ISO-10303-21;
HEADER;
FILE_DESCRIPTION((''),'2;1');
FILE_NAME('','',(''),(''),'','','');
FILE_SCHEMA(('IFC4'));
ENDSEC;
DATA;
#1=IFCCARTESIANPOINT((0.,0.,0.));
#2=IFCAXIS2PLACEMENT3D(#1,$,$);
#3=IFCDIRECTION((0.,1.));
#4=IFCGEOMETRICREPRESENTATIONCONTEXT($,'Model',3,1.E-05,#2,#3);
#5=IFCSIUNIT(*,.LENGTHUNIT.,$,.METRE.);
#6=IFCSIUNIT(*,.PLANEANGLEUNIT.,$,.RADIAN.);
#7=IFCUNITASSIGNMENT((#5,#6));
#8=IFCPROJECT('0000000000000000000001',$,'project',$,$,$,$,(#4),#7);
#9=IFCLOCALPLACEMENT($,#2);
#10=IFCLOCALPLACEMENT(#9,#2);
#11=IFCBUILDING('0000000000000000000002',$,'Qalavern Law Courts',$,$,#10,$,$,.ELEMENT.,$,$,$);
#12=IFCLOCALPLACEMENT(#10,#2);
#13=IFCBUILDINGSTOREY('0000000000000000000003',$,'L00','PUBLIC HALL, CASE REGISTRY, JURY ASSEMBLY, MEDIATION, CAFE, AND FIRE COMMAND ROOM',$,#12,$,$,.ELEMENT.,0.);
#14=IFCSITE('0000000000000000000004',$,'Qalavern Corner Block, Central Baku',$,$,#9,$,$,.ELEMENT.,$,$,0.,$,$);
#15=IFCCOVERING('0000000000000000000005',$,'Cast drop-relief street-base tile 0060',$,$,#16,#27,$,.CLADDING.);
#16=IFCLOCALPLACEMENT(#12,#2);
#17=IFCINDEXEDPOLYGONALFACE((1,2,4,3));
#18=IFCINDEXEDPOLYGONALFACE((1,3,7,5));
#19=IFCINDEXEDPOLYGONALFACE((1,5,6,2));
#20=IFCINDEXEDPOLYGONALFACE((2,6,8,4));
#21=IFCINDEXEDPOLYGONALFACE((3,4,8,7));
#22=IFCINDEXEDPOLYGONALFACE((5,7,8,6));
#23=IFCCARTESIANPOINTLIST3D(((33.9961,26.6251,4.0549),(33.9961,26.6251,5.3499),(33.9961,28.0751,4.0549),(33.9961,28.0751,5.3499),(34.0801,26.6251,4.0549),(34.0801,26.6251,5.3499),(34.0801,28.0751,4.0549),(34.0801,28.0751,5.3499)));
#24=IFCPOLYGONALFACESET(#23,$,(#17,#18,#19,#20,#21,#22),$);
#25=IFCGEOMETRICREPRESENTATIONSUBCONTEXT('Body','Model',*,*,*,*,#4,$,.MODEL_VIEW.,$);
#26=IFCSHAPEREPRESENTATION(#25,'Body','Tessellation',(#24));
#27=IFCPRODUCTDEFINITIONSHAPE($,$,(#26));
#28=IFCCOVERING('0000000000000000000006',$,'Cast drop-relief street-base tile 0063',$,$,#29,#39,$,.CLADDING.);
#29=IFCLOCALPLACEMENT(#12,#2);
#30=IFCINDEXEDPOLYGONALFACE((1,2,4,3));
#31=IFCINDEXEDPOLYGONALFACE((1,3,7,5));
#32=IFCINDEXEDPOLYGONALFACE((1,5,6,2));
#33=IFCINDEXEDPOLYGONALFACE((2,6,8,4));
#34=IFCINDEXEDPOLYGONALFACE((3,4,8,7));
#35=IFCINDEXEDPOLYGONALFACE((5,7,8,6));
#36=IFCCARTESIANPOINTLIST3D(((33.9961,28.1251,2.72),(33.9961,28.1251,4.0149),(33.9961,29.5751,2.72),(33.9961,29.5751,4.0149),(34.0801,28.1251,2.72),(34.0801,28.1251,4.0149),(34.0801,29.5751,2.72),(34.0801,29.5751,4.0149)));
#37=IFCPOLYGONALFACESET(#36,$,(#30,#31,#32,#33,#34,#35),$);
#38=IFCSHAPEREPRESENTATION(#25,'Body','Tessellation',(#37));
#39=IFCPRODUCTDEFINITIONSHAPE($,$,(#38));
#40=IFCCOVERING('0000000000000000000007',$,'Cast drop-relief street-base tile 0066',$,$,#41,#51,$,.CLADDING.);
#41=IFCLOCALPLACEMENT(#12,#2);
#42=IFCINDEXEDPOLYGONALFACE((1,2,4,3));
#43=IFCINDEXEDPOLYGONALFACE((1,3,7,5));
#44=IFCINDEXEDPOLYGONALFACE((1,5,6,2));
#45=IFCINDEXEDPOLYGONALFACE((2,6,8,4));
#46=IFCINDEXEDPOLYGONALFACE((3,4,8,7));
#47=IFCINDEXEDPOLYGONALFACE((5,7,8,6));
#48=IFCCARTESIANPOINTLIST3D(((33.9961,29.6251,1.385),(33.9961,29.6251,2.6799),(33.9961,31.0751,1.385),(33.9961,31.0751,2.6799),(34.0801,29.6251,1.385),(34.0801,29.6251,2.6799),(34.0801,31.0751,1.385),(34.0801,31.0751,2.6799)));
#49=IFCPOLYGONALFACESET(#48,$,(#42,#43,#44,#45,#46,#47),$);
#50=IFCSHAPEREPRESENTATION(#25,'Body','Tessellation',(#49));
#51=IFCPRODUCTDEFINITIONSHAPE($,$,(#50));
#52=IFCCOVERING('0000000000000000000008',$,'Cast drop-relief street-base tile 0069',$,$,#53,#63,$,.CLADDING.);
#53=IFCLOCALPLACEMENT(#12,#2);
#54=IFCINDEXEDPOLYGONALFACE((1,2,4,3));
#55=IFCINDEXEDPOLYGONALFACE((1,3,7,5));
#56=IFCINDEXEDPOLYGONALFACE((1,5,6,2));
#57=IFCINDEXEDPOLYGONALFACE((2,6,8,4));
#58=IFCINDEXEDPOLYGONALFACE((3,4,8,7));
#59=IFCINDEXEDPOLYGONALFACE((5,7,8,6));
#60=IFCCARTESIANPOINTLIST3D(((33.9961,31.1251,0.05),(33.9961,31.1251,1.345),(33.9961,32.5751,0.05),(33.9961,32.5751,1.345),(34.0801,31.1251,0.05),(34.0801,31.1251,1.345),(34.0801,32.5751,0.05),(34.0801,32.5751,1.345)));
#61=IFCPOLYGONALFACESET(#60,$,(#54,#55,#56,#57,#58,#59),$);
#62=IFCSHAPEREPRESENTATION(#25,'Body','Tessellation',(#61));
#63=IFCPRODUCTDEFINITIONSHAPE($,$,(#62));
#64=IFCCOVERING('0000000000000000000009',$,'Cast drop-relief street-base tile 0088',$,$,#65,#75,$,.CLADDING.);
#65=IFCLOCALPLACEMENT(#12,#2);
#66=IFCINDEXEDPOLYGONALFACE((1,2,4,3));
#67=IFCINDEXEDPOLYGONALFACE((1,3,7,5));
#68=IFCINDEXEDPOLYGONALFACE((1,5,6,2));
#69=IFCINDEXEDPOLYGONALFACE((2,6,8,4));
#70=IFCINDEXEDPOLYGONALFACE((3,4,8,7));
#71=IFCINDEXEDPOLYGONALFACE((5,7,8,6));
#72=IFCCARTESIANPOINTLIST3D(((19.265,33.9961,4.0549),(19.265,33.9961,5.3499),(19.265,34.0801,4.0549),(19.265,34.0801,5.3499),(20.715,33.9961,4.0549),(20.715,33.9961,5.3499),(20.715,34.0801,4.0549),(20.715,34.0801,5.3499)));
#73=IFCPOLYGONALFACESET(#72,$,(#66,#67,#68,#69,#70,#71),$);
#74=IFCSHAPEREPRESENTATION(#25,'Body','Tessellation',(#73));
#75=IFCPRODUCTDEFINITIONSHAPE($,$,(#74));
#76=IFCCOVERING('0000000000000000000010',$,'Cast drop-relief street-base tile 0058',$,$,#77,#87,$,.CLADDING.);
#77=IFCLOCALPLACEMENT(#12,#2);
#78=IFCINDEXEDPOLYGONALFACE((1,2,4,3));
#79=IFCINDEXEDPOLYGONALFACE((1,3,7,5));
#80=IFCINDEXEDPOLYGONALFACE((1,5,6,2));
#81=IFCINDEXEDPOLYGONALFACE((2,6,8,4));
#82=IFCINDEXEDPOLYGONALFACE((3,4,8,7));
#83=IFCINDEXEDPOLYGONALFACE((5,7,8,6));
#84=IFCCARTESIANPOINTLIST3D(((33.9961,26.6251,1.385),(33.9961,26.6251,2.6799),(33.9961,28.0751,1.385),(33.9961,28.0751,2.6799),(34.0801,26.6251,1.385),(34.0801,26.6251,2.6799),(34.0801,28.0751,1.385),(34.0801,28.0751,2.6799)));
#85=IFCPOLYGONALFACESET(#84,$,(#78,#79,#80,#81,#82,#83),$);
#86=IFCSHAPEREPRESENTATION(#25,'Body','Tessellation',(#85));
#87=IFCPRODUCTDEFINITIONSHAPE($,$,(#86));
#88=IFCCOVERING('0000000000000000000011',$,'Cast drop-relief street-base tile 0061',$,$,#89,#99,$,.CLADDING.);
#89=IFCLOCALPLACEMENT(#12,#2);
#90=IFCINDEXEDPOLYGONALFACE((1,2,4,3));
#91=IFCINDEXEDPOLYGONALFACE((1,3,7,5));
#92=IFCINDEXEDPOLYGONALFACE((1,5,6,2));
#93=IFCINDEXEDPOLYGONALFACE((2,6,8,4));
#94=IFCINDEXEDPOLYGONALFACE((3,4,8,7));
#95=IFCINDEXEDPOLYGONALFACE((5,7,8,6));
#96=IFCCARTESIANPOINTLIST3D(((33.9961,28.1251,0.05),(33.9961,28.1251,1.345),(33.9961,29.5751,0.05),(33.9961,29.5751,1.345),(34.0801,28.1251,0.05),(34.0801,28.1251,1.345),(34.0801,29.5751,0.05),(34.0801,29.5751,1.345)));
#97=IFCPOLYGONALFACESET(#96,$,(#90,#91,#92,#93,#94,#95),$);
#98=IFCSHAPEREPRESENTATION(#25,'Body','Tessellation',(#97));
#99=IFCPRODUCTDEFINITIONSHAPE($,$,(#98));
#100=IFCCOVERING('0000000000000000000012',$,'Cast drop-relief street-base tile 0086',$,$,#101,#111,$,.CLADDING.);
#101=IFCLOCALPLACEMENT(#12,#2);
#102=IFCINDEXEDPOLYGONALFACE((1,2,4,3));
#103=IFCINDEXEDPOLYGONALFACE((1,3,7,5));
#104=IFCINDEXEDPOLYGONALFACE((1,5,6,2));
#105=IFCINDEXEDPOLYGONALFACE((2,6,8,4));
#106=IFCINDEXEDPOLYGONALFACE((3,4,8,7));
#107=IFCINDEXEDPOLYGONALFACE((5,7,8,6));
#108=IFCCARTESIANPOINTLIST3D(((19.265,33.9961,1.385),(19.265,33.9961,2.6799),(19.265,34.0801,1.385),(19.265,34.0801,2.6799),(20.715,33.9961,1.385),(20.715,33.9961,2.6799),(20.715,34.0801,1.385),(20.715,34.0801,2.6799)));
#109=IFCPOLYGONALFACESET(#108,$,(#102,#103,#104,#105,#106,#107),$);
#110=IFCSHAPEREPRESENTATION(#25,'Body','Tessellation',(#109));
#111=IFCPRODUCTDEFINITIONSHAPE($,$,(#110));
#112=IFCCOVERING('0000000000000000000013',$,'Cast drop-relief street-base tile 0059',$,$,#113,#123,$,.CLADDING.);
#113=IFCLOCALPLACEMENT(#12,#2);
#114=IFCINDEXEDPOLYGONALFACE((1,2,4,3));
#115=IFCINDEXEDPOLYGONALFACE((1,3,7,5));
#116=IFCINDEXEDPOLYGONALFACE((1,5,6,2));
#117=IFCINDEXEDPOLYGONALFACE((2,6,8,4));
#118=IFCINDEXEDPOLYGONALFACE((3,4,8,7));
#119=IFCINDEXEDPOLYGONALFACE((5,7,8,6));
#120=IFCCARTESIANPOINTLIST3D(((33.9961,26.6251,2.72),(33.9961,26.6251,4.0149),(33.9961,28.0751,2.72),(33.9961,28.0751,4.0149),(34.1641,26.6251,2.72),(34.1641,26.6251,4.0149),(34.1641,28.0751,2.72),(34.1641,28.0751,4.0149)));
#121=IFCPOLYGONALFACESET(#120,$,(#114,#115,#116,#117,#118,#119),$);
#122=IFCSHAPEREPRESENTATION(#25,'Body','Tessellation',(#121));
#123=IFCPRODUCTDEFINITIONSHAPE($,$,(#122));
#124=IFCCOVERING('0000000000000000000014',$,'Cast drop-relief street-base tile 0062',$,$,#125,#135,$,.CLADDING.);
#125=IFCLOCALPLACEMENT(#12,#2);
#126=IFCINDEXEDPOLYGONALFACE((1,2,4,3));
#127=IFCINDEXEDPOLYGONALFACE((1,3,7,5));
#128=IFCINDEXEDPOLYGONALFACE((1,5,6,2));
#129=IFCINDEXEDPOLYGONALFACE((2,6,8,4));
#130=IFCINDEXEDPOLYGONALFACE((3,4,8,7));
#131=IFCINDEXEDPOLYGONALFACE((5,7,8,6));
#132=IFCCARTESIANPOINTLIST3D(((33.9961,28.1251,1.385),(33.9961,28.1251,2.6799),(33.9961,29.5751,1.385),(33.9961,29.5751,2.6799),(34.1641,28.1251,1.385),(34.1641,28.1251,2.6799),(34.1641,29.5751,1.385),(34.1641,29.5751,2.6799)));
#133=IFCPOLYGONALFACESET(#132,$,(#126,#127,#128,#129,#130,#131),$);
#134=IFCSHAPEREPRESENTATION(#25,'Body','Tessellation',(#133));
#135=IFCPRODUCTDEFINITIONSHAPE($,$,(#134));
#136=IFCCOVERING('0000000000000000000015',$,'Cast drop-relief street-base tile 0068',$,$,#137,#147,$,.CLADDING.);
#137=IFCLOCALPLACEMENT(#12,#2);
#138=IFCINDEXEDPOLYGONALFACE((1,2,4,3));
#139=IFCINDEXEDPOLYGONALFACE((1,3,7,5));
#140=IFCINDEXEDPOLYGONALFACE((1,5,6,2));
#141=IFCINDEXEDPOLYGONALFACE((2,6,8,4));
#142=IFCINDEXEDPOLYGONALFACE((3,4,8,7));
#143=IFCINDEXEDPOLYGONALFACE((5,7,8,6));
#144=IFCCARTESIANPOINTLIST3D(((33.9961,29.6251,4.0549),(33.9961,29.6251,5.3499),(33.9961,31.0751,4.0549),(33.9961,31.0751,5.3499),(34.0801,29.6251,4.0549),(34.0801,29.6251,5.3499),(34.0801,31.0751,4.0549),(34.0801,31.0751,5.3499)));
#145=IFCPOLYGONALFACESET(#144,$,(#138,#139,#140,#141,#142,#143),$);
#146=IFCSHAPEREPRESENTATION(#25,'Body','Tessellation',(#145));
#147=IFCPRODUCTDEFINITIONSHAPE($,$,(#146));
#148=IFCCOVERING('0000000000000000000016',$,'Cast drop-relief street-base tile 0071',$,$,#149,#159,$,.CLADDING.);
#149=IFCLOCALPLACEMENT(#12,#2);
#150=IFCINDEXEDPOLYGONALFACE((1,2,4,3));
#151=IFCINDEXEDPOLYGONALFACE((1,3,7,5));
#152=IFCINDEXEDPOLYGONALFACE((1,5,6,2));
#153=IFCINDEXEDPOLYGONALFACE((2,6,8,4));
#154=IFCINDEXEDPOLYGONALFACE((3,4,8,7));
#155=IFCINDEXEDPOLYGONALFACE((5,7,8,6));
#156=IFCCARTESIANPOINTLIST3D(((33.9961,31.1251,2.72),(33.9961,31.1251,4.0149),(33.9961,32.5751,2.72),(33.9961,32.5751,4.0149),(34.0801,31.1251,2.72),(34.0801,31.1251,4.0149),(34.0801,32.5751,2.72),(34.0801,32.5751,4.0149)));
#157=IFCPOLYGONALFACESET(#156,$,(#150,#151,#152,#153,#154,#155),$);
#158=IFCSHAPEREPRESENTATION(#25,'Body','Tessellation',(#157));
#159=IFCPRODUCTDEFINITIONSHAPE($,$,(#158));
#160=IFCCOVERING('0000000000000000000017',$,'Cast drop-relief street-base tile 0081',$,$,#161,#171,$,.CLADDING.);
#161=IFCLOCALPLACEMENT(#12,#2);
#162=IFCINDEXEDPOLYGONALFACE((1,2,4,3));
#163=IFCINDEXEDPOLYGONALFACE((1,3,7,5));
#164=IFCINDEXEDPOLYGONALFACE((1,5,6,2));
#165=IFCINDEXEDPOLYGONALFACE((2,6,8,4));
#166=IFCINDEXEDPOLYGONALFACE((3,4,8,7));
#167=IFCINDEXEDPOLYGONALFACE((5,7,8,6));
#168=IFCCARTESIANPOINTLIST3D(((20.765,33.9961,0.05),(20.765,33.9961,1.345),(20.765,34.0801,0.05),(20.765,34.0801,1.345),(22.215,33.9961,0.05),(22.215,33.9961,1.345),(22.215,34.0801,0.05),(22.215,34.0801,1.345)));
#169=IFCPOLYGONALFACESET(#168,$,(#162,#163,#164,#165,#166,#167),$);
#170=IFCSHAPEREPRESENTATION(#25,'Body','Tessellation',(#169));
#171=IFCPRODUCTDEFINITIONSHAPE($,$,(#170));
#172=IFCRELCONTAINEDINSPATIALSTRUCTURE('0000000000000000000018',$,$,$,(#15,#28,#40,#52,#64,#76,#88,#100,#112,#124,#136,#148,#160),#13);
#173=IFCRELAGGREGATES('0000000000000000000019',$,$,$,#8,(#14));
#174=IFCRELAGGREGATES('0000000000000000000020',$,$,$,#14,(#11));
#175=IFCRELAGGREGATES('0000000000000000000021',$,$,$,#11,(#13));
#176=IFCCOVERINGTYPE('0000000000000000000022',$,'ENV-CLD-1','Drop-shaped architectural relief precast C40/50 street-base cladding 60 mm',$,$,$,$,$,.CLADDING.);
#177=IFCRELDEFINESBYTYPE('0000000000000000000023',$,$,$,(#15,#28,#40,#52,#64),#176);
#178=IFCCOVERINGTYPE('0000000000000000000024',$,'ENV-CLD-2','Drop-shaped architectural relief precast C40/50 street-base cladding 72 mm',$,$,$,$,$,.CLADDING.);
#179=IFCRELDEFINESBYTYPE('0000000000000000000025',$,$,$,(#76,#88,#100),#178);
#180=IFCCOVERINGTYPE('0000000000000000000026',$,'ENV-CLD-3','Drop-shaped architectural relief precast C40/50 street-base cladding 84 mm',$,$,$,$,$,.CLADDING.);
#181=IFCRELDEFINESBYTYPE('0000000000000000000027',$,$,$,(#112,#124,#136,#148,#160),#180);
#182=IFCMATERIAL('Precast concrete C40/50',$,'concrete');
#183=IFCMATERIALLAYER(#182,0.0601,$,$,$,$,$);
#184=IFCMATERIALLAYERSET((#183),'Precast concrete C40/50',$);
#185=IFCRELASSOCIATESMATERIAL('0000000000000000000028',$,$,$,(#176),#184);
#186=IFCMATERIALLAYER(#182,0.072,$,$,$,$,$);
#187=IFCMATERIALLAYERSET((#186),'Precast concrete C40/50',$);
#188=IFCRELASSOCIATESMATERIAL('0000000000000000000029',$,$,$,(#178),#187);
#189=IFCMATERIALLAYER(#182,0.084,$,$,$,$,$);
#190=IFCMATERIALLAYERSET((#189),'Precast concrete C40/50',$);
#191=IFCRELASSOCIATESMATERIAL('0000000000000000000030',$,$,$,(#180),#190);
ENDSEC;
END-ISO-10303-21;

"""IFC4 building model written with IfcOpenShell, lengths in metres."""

from ifc_helpers import new_model, si_unit, direction, frame, origin, origin_2d, place, context, subcontext, project, spatial, rectangle, extrude, material, layer, layer_set, type_object, element, save


model = new_model("IFC4")

# Units and contexts
model_context = context("Model", 3, precision=1e-05, world=origin(), true_north=direction((0.0, 1.0)))
body_context = subcontext(model_context, "Body", "Model", "MODEL_VIEW")
ifc_project = project(units=[si_unit("LENGTHUNIT", "METRE"), si_unit("PLANEANGLEUNIT", "RADIAN")], contexts=[model_context])

# Site, building, storey
site_placement = place(None, origin())
site = spatial("IfcSite", under=ifc_project, at=site_placement, Name="Qalavern Corner Block, Central Baku", CompositionType="ELEMENT", RefElevation=0.0)
building_placement = place(site_placement, origin())
building = spatial("IfcBuilding", under=site, at=building_placement, Name="Qalavern Law Courts", CompositionType="ELEMENT")
storey_placement = place(building_placement, origin())
storey = spatial("IfcBuildingStorey", under=building, at=storey_placement, Name="L00", Description="PUBLIC HALL, CASE REGISTRY, JURY ASSEMBLY, MEDIATION, CAFE, AND FIRE COMMAND ROOM", CompositionType="ELEMENT", Elevation=0.0)

# Coverings
ifc_material_1 = material(Name="Precast concrete C40/50", Category="concrete")
ifc_layer_1 = layer(ifc_material_1, 0.0601)
ifc_layer_set_1 = layer_set([ifc_layer_1], Name="Precast concrete C40/50")
covering_type_1 = type_object("IfcCoveringType", Name="ENV-CLD-1", Description="Drop-shaped architectural relief precast C40/50 street-base cladding 60 mm", PredefinedType="CLADDING", material=ifc_layer_set_1)
for number, where, z_axis, x_axis, name in (
    (1, (34.0381, 27.3501, 4.0549), (0.0, 0.0, 1.0), (0.0, 1.0, 0.0), "Cast drop-relief street-base tile 0060"),
    (2, (34.0381, 28.8501, 2.72), (0.0, 0.0, 1.0), (0.0, 1.0, 0.0), "Cast drop-relief street-base tile 0063"),
    (3, (34.0381, 30.3501, 1.385), (0.0, 0.0, 1.0), (0.0, 1.0, 0.0), "Cast drop-relief street-base tile 0066"),
    (4, (34.0381, 31.8501, 0.05), (0.0, 0.0, 1.0), (0.0, 1.0, 0.0), "Cast drop-relief street-base tile 0069"),
    (5, (19.99, 34.0381, 4.0549), (0.0, 0.0, 1.0), (-1.0, 0.0, 0.0), "Cast drop-relief street-base tile 0088"),
):
    element("IfcCovering", number, at=place(storey_placement, frame(where, z_axis=z_axis, x_axis=x_axis)), inside=storey, type_object=covering_type_1, Name=name, PredefinedType="CLADDING", context=body_context, shape_type="SweptSolid", body=[
        extrude(rectangle(XDim=1.45, YDim=0.084, at=origin_2d()), origin(), (0.0, 0.0, 1.0), 1.2949),
    ])
ifc_layer_2 = layer(ifc_material_1, 0.072)
ifc_layer_set_2 = layer_set([ifc_layer_2], Name="Precast concrete C40/50")
covering_type_2 = type_object("IfcCoveringType", Name="ENV-CLD-2", Description="Drop-shaped architectural relief precast C40/50 street-base cladding 72 mm", PredefinedType="CLADDING", material=ifc_layer_set_2)
for number, where, z_axis, x_axis, name in (
    (6, (34.0381, 27.3501, 1.385), (0.0, 0.0, 1.0), (0.0, 1.0, 0.0), "Cast drop-relief street-base tile 0058"),
    (7, (34.0381, 28.8501, 0.05), (0.0, 0.0, 1.0), (0.0, 1.0, 0.0), "Cast drop-relief street-base tile 0061"),
    (8, (19.99, 34.0381, 1.385), (0.0, 0.0, 1.0), (-1.0, 0.0, 0.0), "Cast drop-relief street-base tile 0086"),
):
    element("IfcCovering", number, at=place(storey_placement, frame(where, z_axis=z_axis, x_axis=x_axis)), inside=storey, type_object=covering_type_2, Name=name, PredefinedType="CLADDING", context=body_context, shape_type="SweptSolid", body=[
        extrude(rectangle(XDim=1.45, YDim=0.084, at=origin_2d()), origin(), (0.0, 0.0, 1.0), 1.2949),
    ])
ifc_layer_3 = layer(ifc_material_1, 0.084)
ifc_layer_set_3 = layer_set([ifc_layer_3], Name="Precast concrete C40/50")
covering_type_3 = type_object("IfcCoveringType", Name="ENV-CLD-3", Description="Drop-shaped architectural relief precast C40/50 street-base cladding 84 mm", PredefinedType="CLADDING", material=ifc_layer_set_3)
for number, where, z_axis, x_axis, name in (
    (9, (34.0801, 27.3501, 2.72), (0.0, 0.0, 1.0), (0.0, 1.0, 0.0), "Cast drop-relief street-base tile 0059"),
    (10, (34.0801, 28.8501, 1.385), (0.0, 0.0, 1.0), (0.0, 1.0, 0.0), "Cast drop-relief street-base tile 0062"),
):
    element("IfcCovering", number, at=place(storey_placement, frame(where, z_axis=z_axis, x_axis=x_axis)), inside=storey, type_object=covering_type_3, Name=name, PredefinedType="CLADDING", context=body_context, shape_type="SweptSolid", body=[
        extrude(rectangle(XDim=1.45, YDim=0.168, at=origin_2d()), origin(), (0.0, 0.0, 1.0), 1.2949),
    ])
for number, where, z_axis, x_axis, name in (
    (11, (34.0381, 30.3501, 4.0549), (0.0, 0.0, 1.0), (0.0, 1.0, 0.0), "Cast drop-relief street-base tile 0068"),
    (12, (34.0381, 31.8501, 2.72), (0.0, 0.0, 1.0), (0.0, 1.0, 0.0), "Cast drop-relief street-base tile 0071"),
    (13, (21.49, 34.0381, 0.05), (0.0, 0.0, 1.0), (-1.0, 0.0, 0.0), "Cast drop-relief street-base tile 0081"),
):
    element("IfcCovering", number, at=place(storey_placement, frame(where, z_axis=z_axis, x_axis=x_axis)), inside=storey, type_object=covering_type_3, Name=name, PredefinedType="CLADDING", context=body_context, shape_type="SweptSolid", body=[
        extrude(rectangle(XDim=1.45, YDim=0.084, at=origin_2d()), origin(), (0.0, 0.0, 1.0), 1.2949),
    ])

save(model, "model.ifc")
